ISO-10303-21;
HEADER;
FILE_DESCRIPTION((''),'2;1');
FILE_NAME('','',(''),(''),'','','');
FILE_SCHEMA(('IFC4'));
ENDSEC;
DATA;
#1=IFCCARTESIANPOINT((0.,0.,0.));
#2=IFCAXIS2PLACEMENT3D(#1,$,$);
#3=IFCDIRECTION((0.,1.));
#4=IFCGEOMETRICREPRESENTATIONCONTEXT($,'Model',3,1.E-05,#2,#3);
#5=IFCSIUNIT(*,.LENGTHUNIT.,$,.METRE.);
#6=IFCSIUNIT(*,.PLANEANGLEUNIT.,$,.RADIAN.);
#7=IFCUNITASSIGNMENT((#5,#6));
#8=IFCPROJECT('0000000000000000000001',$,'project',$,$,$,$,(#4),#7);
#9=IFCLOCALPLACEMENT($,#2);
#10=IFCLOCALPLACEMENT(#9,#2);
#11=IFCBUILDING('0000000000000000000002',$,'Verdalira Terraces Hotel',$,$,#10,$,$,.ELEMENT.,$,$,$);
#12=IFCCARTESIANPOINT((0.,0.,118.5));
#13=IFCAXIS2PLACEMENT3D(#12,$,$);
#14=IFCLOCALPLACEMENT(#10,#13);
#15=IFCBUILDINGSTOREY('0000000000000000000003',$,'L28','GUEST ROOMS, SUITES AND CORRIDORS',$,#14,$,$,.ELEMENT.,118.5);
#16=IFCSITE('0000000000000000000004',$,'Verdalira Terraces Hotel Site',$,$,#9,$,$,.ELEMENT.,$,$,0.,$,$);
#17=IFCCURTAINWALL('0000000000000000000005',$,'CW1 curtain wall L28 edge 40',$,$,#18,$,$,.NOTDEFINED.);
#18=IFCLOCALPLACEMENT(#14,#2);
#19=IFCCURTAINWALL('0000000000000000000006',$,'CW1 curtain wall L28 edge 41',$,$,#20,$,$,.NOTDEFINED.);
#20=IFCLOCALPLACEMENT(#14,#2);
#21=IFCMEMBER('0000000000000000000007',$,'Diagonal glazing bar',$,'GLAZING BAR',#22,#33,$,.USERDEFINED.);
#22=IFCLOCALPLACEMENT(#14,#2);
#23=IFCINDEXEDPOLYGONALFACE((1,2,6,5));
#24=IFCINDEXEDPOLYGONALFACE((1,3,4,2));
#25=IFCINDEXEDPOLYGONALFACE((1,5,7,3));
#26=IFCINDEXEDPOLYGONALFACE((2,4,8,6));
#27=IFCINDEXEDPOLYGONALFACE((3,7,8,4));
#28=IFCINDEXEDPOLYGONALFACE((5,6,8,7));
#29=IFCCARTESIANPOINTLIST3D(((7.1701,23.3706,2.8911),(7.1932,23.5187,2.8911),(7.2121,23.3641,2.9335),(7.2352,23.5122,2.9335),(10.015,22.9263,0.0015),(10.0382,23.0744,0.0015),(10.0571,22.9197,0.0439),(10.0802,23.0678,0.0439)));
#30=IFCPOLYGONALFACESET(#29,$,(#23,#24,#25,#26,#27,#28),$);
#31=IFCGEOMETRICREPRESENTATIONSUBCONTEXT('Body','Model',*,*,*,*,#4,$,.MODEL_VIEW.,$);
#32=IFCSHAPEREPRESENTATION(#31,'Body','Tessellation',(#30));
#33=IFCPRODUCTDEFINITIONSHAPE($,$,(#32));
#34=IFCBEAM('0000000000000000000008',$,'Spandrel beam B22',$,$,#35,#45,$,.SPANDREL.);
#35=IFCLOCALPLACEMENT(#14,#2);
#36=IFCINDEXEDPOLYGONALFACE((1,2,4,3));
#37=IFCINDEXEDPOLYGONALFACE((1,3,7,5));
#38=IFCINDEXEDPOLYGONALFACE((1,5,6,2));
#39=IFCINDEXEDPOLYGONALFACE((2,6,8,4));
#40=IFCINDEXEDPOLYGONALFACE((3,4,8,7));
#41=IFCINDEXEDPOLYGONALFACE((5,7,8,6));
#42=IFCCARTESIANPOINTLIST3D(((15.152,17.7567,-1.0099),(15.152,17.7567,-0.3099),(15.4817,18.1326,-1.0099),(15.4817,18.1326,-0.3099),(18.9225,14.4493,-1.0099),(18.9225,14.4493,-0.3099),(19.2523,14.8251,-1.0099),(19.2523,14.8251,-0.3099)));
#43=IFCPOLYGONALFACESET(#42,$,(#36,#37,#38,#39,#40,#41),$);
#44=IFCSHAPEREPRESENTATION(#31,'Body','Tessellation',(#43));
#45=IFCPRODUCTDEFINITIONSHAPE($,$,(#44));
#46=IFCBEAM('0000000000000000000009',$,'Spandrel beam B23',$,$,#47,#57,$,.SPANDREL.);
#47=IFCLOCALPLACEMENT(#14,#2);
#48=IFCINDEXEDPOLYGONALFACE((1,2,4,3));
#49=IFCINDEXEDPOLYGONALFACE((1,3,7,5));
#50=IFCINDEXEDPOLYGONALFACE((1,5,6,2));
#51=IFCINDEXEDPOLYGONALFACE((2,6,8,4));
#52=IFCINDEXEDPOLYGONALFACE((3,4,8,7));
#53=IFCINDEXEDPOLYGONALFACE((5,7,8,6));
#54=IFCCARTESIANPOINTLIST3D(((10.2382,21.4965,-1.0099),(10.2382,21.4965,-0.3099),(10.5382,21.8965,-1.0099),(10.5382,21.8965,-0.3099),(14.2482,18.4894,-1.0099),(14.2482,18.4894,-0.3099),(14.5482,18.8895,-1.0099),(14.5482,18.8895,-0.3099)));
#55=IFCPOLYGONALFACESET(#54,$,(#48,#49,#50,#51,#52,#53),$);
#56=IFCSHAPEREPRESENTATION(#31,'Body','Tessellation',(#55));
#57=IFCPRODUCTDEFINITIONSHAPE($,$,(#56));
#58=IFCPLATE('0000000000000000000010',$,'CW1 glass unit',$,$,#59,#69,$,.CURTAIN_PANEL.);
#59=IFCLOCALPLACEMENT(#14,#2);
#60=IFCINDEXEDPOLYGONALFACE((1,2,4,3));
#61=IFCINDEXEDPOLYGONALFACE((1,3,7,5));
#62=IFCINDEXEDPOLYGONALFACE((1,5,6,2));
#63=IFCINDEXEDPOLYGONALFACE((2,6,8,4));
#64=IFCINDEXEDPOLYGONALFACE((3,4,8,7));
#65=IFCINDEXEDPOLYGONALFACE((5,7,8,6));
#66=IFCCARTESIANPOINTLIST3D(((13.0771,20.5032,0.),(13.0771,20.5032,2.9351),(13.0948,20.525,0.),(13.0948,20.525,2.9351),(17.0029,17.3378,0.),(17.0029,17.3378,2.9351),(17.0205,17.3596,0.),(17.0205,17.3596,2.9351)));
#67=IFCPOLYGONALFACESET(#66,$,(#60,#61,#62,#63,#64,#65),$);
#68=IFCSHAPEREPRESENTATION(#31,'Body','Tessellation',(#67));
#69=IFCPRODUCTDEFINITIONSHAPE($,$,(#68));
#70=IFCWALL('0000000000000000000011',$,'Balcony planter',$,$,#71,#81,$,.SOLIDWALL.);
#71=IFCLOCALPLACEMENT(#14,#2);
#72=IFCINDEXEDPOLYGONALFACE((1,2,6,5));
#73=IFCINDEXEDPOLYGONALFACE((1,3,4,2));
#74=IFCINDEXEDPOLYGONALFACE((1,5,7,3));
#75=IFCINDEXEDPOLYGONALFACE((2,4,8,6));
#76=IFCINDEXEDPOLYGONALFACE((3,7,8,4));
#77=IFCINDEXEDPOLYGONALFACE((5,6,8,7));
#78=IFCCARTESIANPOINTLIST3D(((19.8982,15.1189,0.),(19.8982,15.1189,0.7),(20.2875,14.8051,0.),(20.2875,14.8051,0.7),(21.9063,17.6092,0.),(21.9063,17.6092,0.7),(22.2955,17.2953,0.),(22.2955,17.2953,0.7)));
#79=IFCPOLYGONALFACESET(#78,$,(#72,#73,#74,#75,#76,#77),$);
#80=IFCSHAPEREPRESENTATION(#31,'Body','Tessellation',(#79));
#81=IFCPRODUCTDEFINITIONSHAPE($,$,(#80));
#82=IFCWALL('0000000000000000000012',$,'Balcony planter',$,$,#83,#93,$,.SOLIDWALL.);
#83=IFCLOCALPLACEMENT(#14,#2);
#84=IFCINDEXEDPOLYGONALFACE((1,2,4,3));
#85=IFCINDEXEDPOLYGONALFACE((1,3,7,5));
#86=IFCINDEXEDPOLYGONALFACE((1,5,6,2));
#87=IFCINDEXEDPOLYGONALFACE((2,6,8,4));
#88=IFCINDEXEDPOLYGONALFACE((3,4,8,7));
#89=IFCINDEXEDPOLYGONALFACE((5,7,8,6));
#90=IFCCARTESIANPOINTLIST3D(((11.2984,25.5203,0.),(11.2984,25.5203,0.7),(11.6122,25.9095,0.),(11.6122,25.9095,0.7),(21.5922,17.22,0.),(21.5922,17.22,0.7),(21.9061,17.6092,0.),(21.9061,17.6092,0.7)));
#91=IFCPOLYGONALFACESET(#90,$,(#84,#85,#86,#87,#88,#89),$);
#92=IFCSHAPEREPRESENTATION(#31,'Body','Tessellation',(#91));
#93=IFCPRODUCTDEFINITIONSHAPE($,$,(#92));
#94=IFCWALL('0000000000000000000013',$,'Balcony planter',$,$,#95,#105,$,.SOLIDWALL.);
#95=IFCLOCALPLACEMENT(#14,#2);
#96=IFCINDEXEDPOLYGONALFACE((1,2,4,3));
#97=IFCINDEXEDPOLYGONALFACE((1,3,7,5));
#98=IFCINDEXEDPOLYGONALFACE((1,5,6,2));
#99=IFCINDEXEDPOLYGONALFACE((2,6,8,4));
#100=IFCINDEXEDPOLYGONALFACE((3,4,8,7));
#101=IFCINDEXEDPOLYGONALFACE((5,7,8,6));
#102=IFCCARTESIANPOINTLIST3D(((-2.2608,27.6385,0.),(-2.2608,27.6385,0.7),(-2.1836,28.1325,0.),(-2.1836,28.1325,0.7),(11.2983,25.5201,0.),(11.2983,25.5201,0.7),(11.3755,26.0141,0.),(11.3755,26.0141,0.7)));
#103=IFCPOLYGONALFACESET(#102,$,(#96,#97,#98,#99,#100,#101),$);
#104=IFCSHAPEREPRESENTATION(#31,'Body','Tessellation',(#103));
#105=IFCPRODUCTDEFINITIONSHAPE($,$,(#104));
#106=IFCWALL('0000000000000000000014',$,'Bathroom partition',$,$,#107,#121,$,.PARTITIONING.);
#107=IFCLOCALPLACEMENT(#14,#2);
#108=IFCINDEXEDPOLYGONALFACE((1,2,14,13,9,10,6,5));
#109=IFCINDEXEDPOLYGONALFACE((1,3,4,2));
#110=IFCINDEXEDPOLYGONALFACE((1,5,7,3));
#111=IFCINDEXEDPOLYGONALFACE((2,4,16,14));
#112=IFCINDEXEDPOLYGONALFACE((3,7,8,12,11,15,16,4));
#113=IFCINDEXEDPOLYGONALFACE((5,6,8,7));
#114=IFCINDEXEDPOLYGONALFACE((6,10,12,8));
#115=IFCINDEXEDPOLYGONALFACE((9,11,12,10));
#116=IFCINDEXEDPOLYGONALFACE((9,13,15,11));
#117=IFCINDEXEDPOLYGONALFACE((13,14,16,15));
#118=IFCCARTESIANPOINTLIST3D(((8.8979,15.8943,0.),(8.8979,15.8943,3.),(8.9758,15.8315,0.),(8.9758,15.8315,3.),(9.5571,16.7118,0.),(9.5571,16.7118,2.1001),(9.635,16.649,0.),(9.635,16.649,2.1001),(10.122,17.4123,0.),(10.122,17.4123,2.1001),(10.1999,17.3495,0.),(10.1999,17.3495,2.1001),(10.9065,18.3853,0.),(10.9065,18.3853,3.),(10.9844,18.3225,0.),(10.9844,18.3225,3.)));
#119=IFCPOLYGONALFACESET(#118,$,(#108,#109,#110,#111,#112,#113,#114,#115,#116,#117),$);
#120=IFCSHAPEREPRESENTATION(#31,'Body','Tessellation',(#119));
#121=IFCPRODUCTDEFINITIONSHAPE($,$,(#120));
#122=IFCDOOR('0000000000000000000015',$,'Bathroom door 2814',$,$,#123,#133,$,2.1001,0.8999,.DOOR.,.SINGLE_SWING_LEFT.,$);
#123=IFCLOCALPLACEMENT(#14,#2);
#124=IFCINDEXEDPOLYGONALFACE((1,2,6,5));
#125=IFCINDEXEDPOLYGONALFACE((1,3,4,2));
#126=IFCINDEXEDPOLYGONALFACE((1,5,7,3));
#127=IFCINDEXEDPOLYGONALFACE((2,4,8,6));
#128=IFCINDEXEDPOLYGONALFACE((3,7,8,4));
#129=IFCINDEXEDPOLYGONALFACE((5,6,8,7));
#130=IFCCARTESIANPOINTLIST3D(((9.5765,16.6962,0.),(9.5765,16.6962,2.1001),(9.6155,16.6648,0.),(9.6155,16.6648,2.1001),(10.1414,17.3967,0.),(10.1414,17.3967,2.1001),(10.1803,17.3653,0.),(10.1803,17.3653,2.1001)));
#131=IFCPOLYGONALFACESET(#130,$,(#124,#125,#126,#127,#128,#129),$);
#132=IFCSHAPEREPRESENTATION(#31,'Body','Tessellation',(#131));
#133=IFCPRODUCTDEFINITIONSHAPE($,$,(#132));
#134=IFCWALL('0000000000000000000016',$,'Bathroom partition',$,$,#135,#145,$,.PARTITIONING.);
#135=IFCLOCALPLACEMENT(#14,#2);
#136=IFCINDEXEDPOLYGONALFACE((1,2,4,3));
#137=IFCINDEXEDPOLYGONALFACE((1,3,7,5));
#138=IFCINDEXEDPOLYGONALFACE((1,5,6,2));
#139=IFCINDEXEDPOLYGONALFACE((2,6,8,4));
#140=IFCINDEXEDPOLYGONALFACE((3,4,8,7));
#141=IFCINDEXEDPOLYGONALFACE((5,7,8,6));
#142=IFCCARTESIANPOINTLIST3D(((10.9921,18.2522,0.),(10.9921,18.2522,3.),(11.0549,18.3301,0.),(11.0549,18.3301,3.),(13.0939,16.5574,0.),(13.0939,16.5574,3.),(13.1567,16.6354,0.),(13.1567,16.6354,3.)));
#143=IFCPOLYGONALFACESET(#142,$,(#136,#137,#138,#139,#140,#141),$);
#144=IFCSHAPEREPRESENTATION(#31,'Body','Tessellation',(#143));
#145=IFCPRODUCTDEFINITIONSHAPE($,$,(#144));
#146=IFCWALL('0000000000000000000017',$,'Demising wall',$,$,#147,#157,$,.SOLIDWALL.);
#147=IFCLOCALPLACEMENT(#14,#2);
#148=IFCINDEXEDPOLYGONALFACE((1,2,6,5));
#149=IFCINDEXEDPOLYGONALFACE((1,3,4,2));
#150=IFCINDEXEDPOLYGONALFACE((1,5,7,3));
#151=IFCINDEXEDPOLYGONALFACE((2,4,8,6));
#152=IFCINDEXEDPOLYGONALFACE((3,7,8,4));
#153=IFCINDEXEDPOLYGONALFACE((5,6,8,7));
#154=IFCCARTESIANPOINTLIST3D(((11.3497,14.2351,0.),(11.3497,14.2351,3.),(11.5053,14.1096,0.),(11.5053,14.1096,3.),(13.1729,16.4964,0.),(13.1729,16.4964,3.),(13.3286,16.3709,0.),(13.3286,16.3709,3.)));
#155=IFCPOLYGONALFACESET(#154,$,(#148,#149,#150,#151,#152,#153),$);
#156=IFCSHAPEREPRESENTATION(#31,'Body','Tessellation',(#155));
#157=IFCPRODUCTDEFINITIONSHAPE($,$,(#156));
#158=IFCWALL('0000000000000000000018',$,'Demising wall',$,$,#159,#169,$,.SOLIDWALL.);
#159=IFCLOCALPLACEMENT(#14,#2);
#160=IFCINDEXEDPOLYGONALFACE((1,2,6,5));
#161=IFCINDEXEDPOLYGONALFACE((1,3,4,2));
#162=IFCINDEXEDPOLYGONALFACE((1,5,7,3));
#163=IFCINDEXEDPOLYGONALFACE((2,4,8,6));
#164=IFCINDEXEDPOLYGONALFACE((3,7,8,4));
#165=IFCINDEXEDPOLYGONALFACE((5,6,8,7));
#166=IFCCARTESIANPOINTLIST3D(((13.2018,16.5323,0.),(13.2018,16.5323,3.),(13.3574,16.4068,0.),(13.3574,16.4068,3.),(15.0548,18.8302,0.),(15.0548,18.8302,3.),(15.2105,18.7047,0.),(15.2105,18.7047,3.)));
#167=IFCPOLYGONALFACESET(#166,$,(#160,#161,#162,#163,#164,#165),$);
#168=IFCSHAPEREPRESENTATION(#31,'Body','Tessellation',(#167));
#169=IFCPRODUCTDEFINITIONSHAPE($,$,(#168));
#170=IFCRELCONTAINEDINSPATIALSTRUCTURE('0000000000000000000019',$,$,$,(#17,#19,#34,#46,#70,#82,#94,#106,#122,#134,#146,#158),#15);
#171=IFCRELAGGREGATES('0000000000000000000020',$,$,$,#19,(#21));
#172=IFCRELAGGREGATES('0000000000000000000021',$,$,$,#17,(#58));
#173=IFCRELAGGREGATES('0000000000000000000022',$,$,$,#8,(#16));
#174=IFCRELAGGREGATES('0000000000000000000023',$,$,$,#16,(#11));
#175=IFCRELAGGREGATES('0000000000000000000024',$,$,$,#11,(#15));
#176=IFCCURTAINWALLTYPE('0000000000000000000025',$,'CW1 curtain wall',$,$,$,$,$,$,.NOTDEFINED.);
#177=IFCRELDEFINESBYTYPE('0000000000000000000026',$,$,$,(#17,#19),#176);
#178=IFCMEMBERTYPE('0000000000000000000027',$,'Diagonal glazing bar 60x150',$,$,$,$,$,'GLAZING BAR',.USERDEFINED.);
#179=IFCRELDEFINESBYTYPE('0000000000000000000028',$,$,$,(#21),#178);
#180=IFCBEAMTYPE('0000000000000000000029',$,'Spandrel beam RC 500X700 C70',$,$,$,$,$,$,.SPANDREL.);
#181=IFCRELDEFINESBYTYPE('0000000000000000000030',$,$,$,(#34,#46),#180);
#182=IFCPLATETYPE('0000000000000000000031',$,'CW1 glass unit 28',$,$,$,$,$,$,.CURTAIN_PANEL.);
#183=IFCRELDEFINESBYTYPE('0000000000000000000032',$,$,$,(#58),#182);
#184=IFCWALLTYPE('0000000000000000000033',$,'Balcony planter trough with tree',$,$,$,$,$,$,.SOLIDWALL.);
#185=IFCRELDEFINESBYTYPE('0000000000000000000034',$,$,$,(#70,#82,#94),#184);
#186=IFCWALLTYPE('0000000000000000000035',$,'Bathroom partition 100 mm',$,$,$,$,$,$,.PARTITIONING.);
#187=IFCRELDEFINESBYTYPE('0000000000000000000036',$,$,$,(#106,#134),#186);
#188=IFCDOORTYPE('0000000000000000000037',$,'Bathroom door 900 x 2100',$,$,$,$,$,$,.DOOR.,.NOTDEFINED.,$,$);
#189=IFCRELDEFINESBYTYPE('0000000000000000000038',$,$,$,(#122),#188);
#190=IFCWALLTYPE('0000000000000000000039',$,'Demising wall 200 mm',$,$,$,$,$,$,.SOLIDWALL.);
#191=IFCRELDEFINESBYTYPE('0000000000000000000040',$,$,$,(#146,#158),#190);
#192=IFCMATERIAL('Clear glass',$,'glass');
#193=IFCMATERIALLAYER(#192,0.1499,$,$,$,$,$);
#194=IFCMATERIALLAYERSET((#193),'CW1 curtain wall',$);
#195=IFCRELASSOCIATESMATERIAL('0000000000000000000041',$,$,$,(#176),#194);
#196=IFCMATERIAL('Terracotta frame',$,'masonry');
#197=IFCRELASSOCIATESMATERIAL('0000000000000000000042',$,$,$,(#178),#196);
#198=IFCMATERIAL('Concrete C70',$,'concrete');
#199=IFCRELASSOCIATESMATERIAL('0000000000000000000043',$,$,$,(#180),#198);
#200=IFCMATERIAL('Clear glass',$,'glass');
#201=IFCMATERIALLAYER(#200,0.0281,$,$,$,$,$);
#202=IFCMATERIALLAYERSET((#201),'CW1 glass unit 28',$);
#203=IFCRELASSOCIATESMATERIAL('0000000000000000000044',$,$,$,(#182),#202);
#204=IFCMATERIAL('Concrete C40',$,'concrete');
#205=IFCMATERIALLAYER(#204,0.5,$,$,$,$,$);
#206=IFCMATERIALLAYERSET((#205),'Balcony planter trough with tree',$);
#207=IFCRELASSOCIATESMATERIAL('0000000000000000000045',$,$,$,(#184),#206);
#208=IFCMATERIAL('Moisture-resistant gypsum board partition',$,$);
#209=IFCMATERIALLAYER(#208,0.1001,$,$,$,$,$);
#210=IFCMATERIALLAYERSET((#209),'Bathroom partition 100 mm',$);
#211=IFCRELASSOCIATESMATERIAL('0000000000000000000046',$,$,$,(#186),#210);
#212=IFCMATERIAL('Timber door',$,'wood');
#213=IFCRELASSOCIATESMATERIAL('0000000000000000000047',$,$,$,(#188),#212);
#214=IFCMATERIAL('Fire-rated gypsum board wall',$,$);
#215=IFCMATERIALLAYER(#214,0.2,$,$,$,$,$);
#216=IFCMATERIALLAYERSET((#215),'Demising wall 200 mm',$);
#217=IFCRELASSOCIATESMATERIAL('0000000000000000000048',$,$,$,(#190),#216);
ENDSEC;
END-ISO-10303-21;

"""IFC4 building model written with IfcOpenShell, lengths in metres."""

from ifc_helpers import new_model, si_unit, direction, frame, frame_2d, origin, origin_2d, place, context, subcontext, project, spatial, rectangle, extrude, material, layer, layer_set, material_profile, profile_set, type_object, element, fill, aggregate, save


model = new_model("IFC4")

# Units and contexts
model_context = context("Model", 3, precision=1e-05, world=origin(), true_north=direction((0.0, 1.0)))
body_context = subcontext(model_context, "Body", "Model", "MODEL_VIEW")
ifc_project = project(units=[si_unit("LENGTHUNIT", "METRE"), si_unit("PLANEANGLEUNIT", "RADIAN")], contexts=[model_context])

# Site, building, storey
site_placement = place(None, origin())
site = spatial("IfcSite", under=ifc_project, at=site_placement, Name="Verdalira Terraces Hotel Site", CompositionType="ELEMENT", RefElevation=0.0)
building_placement = place(site_placement, origin())
building = spatial("IfcBuilding", under=site, at=building_placement, Name="Verdalira Terraces Hotel", CompositionType="ELEMENT")
storey_placement = place(building_placement, frame((0.0, 0.0, 118.5)))
storey = spatial("IfcBuildingStorey", under=building, at=storey_placement, Name="L28", Description="GUEST ROOMS, SUITES AND CORRIDORS", CompositionType="ELEMENT", Elevation=118.5)

# Shared definitions
ifc_material_1 = material(Name="Clear glass", Category="glass")
ifc_layer_1 = layer(ifc_material_1, 0.1499)
ifc_layer_set_1 = layer_set([ifc_layer_1], Name="CW1 curtain wall")
curtain_wall_type = type_object("IfcCurtainWallType", Name="CW1 curtain wall", PredefinedType="NOTDEFINED", material=ifc_layer_set_1)

# Curtain wall
curtain_wall_1_placement = place(storey_placement, origin())
curtain_wall_1 = element("IfcCurtainWall", 1, at=curtain_wall_1_placement, inside=storey, type_object=curtain_wall_type, Name="CW1 curtain wall L28 edge 40", PredefinedType="NOTDEFINED")

# Curtain wall
curtain_wall_2_placement = place(storey_placement, origin())
curtain_wall_2 = element("IfcCurtainWall", 2, at=curtain_wall_2_placement, inside=storey, type_object=curtain_wall_type, Name="CW1 curtain wall L28 edge 41", PredefinedType="NOTDEFINED")

# Member
ifc_material_2 = material(Name="Terracotta frame", Category="masonry")
ifc_material_profile_1 = material_profile(ifc_material_2, rectangle(XDim=0.1499, YDim=0.0601, at=origin_2d()), Name="GB 60x150")
ifc_profile_set_1 = profile_set([ifc_material_profile_1], Name="Terracotta frame")
member_type_1 = type_object("IfcMemberType", Name="Diagonal glazing bar 60x150", ElementType="GLAZING BAR", PredefinedType="USERDEFINED", material=ifc_profile_set_1)
member_1_placement = place(storey_placement, frame((10.0476, 22.9971, 0.0227), z_axis=(-0.697402, 0.108922, 0.708354), x_axis=(-0.154312, -0.988022, 0.0)))
member_1 = element("IfcMember", 3, at=member_1_placement, type_object=member_type_1, Name="Diagonal glazing bar", ObjectType="GLAZING BAR", PredefinedType="USERDEFINED", context=body_context, shape_type="SweptSolid", body=[
    extrude(rectangle(XDim=0.1499, YDim=0.0601, at=origin_2d()), origin(), (0.0, 0.0, 1.0), 4.0793),
])
aggregate(curtain_wall_2, [member_1])

# Beams
ifc_material_3 = material(Name="Concrete C70", Category="concrete")
ifc_material_profile_2 = material_profile(ifc_material_3, rectangle(XDim=0.5, YDim=0.7, at=origin_2d()), Name="RC 500X700")
ifc_profile_set_2 = profile_set([ifc_material_profile_2], Name="Concrete C70")
beam_type_1 = type_object("IfcBeamType", Name="Spandrel beam RC 500X700 C70", PredefinedType="SPANDREL", material=ifc_profile_set_2)
beam_1_placement = place(storey_placement, frame((19.0874, 14.6372, -0.6599), z_axis=(-0.751768, 0.659428, 0.0), x_axis=(-0.659428, -0.751768, 0.0)))
element("IfcBeam", 4, at=beam_1_placement, inside=storey, type_object=beam_type_1, Name="Spandrel beam B22", PredefinedType="SPANDREL", context=body_context, shape_type="SweptSolid", body=[
    extrude(rectangle(XDim=0.5, YDim=0.7, at=origin_2d()), origin(), (0.0, 0.0, 1.0), 5.0156),
])
beam_2_placement = place(storey_placement, frame((14.3982, 18.6895, -0.6599), z_axis=(-0.800041, 0.599945, 0.0), x_axis=(-0.599945, -0.800041, 0.0)))
element("IfcBeam", 5, at=beam_2_placement, inside=storey, type_object=beam_type_1, Name="Spandrel beam B23", PredefinedType="SPANDREL", context=body_context, shape_type="SweptSolid", body=[
    extrude(rectangle(XDim=0.5, YDim=0.7, at=origin_2d()), origin(), (0.0, 0.0, 1.0), 5.0122),
])

# Plate
ifc_material_4 = material(Name="Clear glass", Category="glass")
ifc_layer_2 = layer(ifc_material_4, 0.0281)
ifc_layer_set_2 = layer_set([ifc_layer_2], Name="CW1 glass unit 28")
plate_type = type_object("IfcPlateType", Name="CW1 glass unit 28", PredefinedType="CURTAIN_PANEL", material=ifc_layer_set_2)
plate_placement = place(storey_placement, frame((15.0488, 18.9314, 0.0), z_axis=(0.0, 0.0, 1.0), x_axis=(-0.778462, 0.627691, 0.0)))
plate = element("IfcPlate", 6, at=plate_placement, type_object=plate_type, Name="CW1 glass unit", PredefinedType="CURTAIN_PANEL", context=body_context, shape_type="SweptSolid", body=[
    extrude(rectangle(XDim=5.043, YDim=0.0281, at=origin_2d()), origin(), (0.0, 0.0, 1.0), 2.9351),
])
aggregate(curtain_wall_1, [plate])

# Walls
ifc_material_5 = material(Name="Concrete C40", Category="concrete")
ifc_layer_3 = layer(ifc_material_5, 0.5)
ifc_layer_set_3 = layer_set([ifc_layer_3], Name="Balcony planter trough with tree")
wall_type_1 = type_object("IfcWallType", Name="Balcony planter trough with tree", PredefinedType="SOLIDWALL", material=ifc_layer_set_3)
wall_1_placement = place(storey_placement, frame((20.0928, 14.9619, 0.0), z_axis=(0.0, 0.0, 1.0), x_axis=(0.627715, 0.778443, 0.0)))
element("IfcWall", 7, at=wall_1_placement, inside=storey, type_object=wall_type_1, Name="Balcony planter", PredefinedType="SOLIDWALL", context=body_context, shape_type="SweptSolid", body=[
    extrude(rectangle(XDim=3.199, YDim=0.5, at=frame_2d((1.5996, 0.0))), origin(), (0.0, 0.0, 1.0), 0.7),
])
wall_2_placement = place(storey_placement, frame((21.7493, 17.4146, 0.0), z_axis=(0.0, 0.0, 1.0), x_axis=(-0.77846, 0.627694, 0.0)))
element("IfcWall", 8, at=wall_2_placement, inside=storey, type_object=wall_type_1, Name="Balcony planter", PredefinedType="SOLIDWALL", context=body_context, shape_type="SweptSolid", body=[
    extrude(rectangle(XDim=13.2234, YDim=0.5, at=frame_2d((6.6118, 0.0))), origin(), (0.0, 0.0, 1.0), 0.7),
])
wall_3_placement = place(storey_placement, frame((11.3369, 25.7671, 0.0), z_axis=(0.0, 0.0, 1.0), x_axis=(-0.988014, 0.154363, 0.0)))
element("IfcWall", 9, at=wall_3_placement, inside=storey, type_object=wall_type_1, Name="Balcony planter", PredefinedType="SOLIDWALL", context=body_context, shape_type="SweptSolid", body=[
    extrude(rectangle(XDim=13.7236, YDim=0.5, at=frame_2d((6.8618, 0.0))), origin(), (0.0, 0.0, 1.0), 0.7),
])

# Wall, opening, door
ifc_material_6 = material(Name="Moisture-resistant gypsum board partition")
ifc_layer_4 = layer(ifc_material_6, 0.1001)
ifc_layer_set_4 = layer_set([ifc_layer_4], Name="Bathroom partition 100 mm")
wall_type_2 = type_object("IfcWallType", Name="Bathroom partition 100 mm", PredefinedType="PARTITIONING", material=ifc_layer_set_4)
wall_4_placement = place(storey_placement, frame((10.9456, 18.354, 0.0), z_axis=(0.0, 0.0, 1.0), x_axis=(-0.627696, -0.778459, 0.0)))
wall_4 = element("IfcWall", 10, at=wall_4_placement, inside=storey, type_object=wall_type_2, Name="Bathroom partition", PredefinedType="PARTITIONING", context=body_context, shape_type="SweptSolid", body=[
    extrude(rectangle(XDim=3.2, YDim=0.1001, at=frame_2d((1.6001, 0.0))), origin(), (0.0, 0.0, 1.0), 3.0),
])
opening_1_placement = place(wall_4_placement, frame((1.25, 0.0, 0.0)))
opening_1 = element("IfcOpeningElement", 11, at=opening_1_placement, cuts=wall_4, PredefinedType="OPENING", context=body_context, shape_type="SweptSolid", body=[
    extrude(rectangle(XDim=0.8999, YDim=2.1001, at=frame_2d((0.45, 1.05))), frame((0.0, 0.0601, 0.0), z_axis=(0.0, -1.0, 0.0), x_axis=(1.0, 0.0, 0.0)), (0.0, 0.0, 1.0), 0.1201),
])
ifc_material_7 = material(Name="Timber door", Category="wood")
door_type_1 = type_object("IfcDoorType", Name="Bathroom door 900 x 2100", OperationType="NOTDEFINED", PredefinedType="DOOR", material=ifc_material_7)
door_1_placement = place(opening_1_placement, origin())
door_1 = element("IfcDoor", 12, at=door_1_placement, inside=storey, type_object=door_type_1, Name="Bathroom door 2814", OperationType="SINGLE_SWING_LEFT", OverallHeight=2.1001, OverallWidth=0.8999, PredefinedType="DOOR", context=body_context, shape_type="SweptSolid", body=[
    extrude(rectangle(XDim=0.8999, YDim=2.1001, at=frame_2d((0.45, 1.05))), frame((0.0, 0.0249, 0.0), z_axis=(0.0, -1.0, 0.0), x_axis=(1.0, 0.0, 0.0)), (0.0, 0.0, 1.0), 0.05),
])
fill(opening_1, door_1)

# Walls
wall_5_placement = place(storey_placement, frame((11.0234, 18.2913, 0.0), z_axis=(0.0, 0.0, 1.0), x_axis=(0.778446, -0.627712, 0.0)))
element("IfcWall", 13, at=wall_5_placement, inside=storey, type_object=wall_type_2, Name="Bathroom partition", PredefinedType="PARTITIONING", context=body_context, shape_type="SweptSolid", body=[
    extrude(rectangle(XDim=2.7, YDim=0.1001, at=frame_2d((1.3501, 0.0))), origin(), (0.0, 0.0, 1.0), 3.0),
])
ifc_material_8 = material(Name="Fire-rated gypsum board wall")
ifc_layer_5 = layer(ifc_material_8, 0.2)
ifc_layer_set_5 = layer_set([ifc_layer_5], Name="Demising wall 200 mm")
wall_type_3 = type_object("IfcWallType", Name="Demising wall 200 mm", PredefinedType="SOLIDWALL", material=ifc_layer_set_5)
wall_6_placement = place(storey_placement, frame((11.4275, 14.1724, 0.0), z_axis=(0.0, 0.0, 1.0), x_axis=(0.627683, 0.778469, 0.0)))
element("IfcWall", 14, at=wall_6_placement, inside=storey, type_object=wall_type_3, Name="Demising wall", PredefinedType="SOLIDWALL", context=body_context, shape_type="SweptSolid", body=[
    extrude(rectangle(XDim=2.9048, YDim=0.2, at=frame_2d((1.4524, 0.0))), origin(), (0.0, 0.0, 1.0), 3.0),
])
wall_7_placement = place(storey_placement, frame((13.2795, 16.4695, 0.0), z_axis=(0.0, 0.0, 1.0), x_axis=(0.627736, 0.778426, 0.0)))
element("IfcWall", 15, at=wall_7_placement, inside=storey, type_object=wall_type_3, Name="Demising wall", PredefinedType="SOLIDWALL", context=body_context, shape_type="SweptSolid", body=[
    extrude(rectangle(XDim=2.9519, YDim=0.2, at=frame_2d((1.4761, 0.0))), origin(), (0.0, 0.0, 1.0), 3.0),
])

save(model, "model.ifc")
